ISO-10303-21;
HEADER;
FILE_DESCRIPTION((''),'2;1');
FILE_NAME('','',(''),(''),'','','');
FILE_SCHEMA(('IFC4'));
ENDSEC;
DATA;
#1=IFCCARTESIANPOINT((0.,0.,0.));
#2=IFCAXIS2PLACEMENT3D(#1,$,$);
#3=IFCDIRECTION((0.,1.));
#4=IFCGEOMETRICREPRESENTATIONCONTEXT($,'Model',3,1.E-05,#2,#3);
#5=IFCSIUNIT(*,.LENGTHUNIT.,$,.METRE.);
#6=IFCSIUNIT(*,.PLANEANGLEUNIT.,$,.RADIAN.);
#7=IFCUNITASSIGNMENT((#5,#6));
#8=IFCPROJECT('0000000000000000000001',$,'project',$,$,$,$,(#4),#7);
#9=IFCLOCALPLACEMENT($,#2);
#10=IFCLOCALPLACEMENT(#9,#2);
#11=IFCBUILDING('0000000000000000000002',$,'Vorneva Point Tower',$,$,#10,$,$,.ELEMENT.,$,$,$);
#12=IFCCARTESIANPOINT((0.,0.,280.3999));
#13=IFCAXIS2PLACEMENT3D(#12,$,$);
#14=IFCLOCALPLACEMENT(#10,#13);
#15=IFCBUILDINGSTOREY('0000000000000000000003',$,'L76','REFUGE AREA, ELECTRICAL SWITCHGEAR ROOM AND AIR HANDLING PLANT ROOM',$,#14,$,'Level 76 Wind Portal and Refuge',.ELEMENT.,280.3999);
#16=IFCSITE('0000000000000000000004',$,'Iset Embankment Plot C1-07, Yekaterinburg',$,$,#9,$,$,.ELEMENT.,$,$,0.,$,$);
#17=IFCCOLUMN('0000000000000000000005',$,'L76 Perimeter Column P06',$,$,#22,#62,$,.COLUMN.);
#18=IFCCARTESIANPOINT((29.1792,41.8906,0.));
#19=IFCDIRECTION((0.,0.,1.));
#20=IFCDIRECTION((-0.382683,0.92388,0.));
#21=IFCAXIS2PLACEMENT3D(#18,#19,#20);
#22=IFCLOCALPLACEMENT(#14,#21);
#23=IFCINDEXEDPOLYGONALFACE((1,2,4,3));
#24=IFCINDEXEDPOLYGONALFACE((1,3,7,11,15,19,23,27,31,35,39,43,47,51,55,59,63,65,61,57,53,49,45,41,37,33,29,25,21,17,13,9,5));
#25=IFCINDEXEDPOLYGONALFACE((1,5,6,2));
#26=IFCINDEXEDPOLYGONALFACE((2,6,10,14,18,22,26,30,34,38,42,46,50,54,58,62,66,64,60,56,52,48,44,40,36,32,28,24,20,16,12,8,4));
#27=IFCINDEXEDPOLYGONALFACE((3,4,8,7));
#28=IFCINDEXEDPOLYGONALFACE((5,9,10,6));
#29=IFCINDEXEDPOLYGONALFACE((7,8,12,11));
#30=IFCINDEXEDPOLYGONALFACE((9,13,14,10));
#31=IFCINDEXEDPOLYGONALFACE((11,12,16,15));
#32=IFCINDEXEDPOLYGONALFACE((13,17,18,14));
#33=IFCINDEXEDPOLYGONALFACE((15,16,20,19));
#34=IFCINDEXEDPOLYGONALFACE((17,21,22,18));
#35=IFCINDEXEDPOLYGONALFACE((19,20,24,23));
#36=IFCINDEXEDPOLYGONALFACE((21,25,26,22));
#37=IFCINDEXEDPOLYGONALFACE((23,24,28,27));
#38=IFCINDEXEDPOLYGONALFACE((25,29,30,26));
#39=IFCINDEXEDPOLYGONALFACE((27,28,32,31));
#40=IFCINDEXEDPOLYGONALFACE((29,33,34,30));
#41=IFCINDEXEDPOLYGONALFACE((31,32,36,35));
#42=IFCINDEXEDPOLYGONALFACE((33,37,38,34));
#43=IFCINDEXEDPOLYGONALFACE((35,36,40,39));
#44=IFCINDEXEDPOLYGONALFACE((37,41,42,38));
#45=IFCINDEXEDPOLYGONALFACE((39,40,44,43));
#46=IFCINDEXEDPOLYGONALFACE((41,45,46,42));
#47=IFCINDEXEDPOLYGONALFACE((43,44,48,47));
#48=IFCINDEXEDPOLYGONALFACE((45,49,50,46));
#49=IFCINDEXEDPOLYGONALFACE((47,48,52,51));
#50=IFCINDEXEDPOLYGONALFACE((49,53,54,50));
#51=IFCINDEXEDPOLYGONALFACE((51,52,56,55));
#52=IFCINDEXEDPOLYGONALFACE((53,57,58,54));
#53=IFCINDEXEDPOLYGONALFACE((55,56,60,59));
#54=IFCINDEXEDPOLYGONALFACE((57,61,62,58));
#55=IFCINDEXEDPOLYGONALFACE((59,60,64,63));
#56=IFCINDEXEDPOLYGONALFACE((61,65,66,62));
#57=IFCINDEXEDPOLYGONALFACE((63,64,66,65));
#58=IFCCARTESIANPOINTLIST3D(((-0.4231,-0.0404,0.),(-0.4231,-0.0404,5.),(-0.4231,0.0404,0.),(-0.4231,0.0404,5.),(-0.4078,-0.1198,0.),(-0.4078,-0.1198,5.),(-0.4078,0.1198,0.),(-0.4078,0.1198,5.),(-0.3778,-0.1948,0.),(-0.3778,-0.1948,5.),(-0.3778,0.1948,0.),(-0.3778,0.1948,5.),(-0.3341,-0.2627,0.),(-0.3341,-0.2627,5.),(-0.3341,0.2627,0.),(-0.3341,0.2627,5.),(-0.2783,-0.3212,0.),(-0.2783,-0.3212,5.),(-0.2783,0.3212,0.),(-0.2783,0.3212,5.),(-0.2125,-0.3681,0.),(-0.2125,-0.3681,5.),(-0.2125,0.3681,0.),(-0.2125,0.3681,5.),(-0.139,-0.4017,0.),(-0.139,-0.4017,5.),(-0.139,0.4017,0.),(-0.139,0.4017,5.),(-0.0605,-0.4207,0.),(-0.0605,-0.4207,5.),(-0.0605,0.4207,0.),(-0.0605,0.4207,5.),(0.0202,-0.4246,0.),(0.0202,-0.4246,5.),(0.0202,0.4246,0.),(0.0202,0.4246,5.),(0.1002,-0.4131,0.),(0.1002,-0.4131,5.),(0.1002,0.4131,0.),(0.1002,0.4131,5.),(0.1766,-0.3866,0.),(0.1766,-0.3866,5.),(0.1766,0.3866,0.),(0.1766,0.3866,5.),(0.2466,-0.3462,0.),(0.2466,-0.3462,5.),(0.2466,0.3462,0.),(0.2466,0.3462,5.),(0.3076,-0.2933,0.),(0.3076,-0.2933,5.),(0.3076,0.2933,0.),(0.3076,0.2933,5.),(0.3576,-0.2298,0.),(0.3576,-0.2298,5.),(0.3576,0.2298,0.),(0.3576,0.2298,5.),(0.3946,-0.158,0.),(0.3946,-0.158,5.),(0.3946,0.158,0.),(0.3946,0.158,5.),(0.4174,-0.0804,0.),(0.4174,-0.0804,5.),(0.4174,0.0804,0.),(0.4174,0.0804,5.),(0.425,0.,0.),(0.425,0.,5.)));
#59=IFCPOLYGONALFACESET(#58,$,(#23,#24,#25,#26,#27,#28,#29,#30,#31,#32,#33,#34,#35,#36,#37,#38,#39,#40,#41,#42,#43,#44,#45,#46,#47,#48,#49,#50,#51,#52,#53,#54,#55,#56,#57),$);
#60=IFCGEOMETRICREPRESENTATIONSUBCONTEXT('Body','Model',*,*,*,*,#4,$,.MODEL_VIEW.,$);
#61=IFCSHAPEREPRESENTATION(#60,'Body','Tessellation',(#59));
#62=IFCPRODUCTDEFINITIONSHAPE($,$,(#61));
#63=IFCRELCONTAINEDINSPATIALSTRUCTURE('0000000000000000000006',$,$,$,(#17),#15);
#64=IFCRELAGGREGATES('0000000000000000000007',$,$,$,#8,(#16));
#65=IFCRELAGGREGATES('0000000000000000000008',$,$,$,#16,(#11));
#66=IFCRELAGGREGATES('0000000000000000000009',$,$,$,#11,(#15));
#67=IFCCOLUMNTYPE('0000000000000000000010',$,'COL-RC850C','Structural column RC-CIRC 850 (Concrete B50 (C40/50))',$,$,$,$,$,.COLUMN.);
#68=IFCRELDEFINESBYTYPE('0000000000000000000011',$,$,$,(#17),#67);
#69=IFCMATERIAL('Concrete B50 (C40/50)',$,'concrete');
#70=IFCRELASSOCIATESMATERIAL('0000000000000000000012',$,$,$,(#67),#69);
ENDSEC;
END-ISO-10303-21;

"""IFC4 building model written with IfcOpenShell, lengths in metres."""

from ifc_helpers import new_model, si_unit, direction, frame, origin, origin_2d, place, context, subcontext, project, spatial, circle, extrude, material, material_profile, profile_set, type_object, element, save


model = new_model("IFC4")

# Units and contexts
model_context = context("Model", 3, precision=1e-05, world=origin(), true_north=direction((0.0, 1.0)))
body_context = subcontext(model_context, "Body", "Model", "MODEL_VIEW")
ifc_project = project(units=[si_unit("LENGTHUNIT", "METRE"), si_unit("PLANEANGLEUNIT", "RADIAN")], contexts=[model_context])

# Site, building, storey
site_placement = place(None, origin())
site = spatial("IfcSite", under=ifc_project, at=site_placement, Name="Iset Embankment Plot C1-07, Yekaterinburg", CompositionType="ELEMENT", RefElevation=0.0)
building_placement = place(site_placement, origin())
building = spatial("IfcBuilding", under=site, at=building_placement, Name="Vorneva Point Tower", CompositionType="ELEMENT")
storey_placement = place(building_placement, frame((0.0, 0.0, 280.3999)))
storey = spatial("IfcBuildingStorey", under=building, at=storey_placement, Name="L76", Description="REFUGE AREA, ELECTRICAL SWITCHGEAR ROOM AND AIR HANDLING PLANT ROOM", LongName="Level 76 Wind Portal and Refuge", CompositionType="ELEMENT", Elevation=280.3999)

# Column
ifc_material_1 = material(Name="Concrete B50 (C40/50)", Category="concrete")
ifc_material_profile_1 = material_profile(ifc_material_1, circle(Radius=0.425, at=origin_2d()), Name="RC-CIRC 850")
ifc_profile_set_1 = profile_set([ifc_material_profile_1], Name="Concrete B50 (C40/50)")
column_type_1 = type_object("IfcColumnType", Name="COL-RC850C", Description="Structural column RC-CIRC 850 (Concrete B50 (C40/50))", PredefinedType="COLUMN", material=ifc_profile_set_1)
column_placement = place(storey_placement, frame((29.1792, 41.8906, 0.0), z_axis=(0.0, 0.0, 1.0), x_axis=(-0.382683, 0.92388, 0.0)))
element("IfcColumn", 1, at=column_placement, inside=storey, type_object=column_type_1, Name="L76 Perimeter Column P06", PredefinedType="COLUMN", context=body_context, shape_type="SweptSolid", body=[
    extrude(circle(Radius=0.425, at=origin_2d()), origin(), (0.0, 0.0, 1.0), 5.0),
])

save(model, "model.ifc")
